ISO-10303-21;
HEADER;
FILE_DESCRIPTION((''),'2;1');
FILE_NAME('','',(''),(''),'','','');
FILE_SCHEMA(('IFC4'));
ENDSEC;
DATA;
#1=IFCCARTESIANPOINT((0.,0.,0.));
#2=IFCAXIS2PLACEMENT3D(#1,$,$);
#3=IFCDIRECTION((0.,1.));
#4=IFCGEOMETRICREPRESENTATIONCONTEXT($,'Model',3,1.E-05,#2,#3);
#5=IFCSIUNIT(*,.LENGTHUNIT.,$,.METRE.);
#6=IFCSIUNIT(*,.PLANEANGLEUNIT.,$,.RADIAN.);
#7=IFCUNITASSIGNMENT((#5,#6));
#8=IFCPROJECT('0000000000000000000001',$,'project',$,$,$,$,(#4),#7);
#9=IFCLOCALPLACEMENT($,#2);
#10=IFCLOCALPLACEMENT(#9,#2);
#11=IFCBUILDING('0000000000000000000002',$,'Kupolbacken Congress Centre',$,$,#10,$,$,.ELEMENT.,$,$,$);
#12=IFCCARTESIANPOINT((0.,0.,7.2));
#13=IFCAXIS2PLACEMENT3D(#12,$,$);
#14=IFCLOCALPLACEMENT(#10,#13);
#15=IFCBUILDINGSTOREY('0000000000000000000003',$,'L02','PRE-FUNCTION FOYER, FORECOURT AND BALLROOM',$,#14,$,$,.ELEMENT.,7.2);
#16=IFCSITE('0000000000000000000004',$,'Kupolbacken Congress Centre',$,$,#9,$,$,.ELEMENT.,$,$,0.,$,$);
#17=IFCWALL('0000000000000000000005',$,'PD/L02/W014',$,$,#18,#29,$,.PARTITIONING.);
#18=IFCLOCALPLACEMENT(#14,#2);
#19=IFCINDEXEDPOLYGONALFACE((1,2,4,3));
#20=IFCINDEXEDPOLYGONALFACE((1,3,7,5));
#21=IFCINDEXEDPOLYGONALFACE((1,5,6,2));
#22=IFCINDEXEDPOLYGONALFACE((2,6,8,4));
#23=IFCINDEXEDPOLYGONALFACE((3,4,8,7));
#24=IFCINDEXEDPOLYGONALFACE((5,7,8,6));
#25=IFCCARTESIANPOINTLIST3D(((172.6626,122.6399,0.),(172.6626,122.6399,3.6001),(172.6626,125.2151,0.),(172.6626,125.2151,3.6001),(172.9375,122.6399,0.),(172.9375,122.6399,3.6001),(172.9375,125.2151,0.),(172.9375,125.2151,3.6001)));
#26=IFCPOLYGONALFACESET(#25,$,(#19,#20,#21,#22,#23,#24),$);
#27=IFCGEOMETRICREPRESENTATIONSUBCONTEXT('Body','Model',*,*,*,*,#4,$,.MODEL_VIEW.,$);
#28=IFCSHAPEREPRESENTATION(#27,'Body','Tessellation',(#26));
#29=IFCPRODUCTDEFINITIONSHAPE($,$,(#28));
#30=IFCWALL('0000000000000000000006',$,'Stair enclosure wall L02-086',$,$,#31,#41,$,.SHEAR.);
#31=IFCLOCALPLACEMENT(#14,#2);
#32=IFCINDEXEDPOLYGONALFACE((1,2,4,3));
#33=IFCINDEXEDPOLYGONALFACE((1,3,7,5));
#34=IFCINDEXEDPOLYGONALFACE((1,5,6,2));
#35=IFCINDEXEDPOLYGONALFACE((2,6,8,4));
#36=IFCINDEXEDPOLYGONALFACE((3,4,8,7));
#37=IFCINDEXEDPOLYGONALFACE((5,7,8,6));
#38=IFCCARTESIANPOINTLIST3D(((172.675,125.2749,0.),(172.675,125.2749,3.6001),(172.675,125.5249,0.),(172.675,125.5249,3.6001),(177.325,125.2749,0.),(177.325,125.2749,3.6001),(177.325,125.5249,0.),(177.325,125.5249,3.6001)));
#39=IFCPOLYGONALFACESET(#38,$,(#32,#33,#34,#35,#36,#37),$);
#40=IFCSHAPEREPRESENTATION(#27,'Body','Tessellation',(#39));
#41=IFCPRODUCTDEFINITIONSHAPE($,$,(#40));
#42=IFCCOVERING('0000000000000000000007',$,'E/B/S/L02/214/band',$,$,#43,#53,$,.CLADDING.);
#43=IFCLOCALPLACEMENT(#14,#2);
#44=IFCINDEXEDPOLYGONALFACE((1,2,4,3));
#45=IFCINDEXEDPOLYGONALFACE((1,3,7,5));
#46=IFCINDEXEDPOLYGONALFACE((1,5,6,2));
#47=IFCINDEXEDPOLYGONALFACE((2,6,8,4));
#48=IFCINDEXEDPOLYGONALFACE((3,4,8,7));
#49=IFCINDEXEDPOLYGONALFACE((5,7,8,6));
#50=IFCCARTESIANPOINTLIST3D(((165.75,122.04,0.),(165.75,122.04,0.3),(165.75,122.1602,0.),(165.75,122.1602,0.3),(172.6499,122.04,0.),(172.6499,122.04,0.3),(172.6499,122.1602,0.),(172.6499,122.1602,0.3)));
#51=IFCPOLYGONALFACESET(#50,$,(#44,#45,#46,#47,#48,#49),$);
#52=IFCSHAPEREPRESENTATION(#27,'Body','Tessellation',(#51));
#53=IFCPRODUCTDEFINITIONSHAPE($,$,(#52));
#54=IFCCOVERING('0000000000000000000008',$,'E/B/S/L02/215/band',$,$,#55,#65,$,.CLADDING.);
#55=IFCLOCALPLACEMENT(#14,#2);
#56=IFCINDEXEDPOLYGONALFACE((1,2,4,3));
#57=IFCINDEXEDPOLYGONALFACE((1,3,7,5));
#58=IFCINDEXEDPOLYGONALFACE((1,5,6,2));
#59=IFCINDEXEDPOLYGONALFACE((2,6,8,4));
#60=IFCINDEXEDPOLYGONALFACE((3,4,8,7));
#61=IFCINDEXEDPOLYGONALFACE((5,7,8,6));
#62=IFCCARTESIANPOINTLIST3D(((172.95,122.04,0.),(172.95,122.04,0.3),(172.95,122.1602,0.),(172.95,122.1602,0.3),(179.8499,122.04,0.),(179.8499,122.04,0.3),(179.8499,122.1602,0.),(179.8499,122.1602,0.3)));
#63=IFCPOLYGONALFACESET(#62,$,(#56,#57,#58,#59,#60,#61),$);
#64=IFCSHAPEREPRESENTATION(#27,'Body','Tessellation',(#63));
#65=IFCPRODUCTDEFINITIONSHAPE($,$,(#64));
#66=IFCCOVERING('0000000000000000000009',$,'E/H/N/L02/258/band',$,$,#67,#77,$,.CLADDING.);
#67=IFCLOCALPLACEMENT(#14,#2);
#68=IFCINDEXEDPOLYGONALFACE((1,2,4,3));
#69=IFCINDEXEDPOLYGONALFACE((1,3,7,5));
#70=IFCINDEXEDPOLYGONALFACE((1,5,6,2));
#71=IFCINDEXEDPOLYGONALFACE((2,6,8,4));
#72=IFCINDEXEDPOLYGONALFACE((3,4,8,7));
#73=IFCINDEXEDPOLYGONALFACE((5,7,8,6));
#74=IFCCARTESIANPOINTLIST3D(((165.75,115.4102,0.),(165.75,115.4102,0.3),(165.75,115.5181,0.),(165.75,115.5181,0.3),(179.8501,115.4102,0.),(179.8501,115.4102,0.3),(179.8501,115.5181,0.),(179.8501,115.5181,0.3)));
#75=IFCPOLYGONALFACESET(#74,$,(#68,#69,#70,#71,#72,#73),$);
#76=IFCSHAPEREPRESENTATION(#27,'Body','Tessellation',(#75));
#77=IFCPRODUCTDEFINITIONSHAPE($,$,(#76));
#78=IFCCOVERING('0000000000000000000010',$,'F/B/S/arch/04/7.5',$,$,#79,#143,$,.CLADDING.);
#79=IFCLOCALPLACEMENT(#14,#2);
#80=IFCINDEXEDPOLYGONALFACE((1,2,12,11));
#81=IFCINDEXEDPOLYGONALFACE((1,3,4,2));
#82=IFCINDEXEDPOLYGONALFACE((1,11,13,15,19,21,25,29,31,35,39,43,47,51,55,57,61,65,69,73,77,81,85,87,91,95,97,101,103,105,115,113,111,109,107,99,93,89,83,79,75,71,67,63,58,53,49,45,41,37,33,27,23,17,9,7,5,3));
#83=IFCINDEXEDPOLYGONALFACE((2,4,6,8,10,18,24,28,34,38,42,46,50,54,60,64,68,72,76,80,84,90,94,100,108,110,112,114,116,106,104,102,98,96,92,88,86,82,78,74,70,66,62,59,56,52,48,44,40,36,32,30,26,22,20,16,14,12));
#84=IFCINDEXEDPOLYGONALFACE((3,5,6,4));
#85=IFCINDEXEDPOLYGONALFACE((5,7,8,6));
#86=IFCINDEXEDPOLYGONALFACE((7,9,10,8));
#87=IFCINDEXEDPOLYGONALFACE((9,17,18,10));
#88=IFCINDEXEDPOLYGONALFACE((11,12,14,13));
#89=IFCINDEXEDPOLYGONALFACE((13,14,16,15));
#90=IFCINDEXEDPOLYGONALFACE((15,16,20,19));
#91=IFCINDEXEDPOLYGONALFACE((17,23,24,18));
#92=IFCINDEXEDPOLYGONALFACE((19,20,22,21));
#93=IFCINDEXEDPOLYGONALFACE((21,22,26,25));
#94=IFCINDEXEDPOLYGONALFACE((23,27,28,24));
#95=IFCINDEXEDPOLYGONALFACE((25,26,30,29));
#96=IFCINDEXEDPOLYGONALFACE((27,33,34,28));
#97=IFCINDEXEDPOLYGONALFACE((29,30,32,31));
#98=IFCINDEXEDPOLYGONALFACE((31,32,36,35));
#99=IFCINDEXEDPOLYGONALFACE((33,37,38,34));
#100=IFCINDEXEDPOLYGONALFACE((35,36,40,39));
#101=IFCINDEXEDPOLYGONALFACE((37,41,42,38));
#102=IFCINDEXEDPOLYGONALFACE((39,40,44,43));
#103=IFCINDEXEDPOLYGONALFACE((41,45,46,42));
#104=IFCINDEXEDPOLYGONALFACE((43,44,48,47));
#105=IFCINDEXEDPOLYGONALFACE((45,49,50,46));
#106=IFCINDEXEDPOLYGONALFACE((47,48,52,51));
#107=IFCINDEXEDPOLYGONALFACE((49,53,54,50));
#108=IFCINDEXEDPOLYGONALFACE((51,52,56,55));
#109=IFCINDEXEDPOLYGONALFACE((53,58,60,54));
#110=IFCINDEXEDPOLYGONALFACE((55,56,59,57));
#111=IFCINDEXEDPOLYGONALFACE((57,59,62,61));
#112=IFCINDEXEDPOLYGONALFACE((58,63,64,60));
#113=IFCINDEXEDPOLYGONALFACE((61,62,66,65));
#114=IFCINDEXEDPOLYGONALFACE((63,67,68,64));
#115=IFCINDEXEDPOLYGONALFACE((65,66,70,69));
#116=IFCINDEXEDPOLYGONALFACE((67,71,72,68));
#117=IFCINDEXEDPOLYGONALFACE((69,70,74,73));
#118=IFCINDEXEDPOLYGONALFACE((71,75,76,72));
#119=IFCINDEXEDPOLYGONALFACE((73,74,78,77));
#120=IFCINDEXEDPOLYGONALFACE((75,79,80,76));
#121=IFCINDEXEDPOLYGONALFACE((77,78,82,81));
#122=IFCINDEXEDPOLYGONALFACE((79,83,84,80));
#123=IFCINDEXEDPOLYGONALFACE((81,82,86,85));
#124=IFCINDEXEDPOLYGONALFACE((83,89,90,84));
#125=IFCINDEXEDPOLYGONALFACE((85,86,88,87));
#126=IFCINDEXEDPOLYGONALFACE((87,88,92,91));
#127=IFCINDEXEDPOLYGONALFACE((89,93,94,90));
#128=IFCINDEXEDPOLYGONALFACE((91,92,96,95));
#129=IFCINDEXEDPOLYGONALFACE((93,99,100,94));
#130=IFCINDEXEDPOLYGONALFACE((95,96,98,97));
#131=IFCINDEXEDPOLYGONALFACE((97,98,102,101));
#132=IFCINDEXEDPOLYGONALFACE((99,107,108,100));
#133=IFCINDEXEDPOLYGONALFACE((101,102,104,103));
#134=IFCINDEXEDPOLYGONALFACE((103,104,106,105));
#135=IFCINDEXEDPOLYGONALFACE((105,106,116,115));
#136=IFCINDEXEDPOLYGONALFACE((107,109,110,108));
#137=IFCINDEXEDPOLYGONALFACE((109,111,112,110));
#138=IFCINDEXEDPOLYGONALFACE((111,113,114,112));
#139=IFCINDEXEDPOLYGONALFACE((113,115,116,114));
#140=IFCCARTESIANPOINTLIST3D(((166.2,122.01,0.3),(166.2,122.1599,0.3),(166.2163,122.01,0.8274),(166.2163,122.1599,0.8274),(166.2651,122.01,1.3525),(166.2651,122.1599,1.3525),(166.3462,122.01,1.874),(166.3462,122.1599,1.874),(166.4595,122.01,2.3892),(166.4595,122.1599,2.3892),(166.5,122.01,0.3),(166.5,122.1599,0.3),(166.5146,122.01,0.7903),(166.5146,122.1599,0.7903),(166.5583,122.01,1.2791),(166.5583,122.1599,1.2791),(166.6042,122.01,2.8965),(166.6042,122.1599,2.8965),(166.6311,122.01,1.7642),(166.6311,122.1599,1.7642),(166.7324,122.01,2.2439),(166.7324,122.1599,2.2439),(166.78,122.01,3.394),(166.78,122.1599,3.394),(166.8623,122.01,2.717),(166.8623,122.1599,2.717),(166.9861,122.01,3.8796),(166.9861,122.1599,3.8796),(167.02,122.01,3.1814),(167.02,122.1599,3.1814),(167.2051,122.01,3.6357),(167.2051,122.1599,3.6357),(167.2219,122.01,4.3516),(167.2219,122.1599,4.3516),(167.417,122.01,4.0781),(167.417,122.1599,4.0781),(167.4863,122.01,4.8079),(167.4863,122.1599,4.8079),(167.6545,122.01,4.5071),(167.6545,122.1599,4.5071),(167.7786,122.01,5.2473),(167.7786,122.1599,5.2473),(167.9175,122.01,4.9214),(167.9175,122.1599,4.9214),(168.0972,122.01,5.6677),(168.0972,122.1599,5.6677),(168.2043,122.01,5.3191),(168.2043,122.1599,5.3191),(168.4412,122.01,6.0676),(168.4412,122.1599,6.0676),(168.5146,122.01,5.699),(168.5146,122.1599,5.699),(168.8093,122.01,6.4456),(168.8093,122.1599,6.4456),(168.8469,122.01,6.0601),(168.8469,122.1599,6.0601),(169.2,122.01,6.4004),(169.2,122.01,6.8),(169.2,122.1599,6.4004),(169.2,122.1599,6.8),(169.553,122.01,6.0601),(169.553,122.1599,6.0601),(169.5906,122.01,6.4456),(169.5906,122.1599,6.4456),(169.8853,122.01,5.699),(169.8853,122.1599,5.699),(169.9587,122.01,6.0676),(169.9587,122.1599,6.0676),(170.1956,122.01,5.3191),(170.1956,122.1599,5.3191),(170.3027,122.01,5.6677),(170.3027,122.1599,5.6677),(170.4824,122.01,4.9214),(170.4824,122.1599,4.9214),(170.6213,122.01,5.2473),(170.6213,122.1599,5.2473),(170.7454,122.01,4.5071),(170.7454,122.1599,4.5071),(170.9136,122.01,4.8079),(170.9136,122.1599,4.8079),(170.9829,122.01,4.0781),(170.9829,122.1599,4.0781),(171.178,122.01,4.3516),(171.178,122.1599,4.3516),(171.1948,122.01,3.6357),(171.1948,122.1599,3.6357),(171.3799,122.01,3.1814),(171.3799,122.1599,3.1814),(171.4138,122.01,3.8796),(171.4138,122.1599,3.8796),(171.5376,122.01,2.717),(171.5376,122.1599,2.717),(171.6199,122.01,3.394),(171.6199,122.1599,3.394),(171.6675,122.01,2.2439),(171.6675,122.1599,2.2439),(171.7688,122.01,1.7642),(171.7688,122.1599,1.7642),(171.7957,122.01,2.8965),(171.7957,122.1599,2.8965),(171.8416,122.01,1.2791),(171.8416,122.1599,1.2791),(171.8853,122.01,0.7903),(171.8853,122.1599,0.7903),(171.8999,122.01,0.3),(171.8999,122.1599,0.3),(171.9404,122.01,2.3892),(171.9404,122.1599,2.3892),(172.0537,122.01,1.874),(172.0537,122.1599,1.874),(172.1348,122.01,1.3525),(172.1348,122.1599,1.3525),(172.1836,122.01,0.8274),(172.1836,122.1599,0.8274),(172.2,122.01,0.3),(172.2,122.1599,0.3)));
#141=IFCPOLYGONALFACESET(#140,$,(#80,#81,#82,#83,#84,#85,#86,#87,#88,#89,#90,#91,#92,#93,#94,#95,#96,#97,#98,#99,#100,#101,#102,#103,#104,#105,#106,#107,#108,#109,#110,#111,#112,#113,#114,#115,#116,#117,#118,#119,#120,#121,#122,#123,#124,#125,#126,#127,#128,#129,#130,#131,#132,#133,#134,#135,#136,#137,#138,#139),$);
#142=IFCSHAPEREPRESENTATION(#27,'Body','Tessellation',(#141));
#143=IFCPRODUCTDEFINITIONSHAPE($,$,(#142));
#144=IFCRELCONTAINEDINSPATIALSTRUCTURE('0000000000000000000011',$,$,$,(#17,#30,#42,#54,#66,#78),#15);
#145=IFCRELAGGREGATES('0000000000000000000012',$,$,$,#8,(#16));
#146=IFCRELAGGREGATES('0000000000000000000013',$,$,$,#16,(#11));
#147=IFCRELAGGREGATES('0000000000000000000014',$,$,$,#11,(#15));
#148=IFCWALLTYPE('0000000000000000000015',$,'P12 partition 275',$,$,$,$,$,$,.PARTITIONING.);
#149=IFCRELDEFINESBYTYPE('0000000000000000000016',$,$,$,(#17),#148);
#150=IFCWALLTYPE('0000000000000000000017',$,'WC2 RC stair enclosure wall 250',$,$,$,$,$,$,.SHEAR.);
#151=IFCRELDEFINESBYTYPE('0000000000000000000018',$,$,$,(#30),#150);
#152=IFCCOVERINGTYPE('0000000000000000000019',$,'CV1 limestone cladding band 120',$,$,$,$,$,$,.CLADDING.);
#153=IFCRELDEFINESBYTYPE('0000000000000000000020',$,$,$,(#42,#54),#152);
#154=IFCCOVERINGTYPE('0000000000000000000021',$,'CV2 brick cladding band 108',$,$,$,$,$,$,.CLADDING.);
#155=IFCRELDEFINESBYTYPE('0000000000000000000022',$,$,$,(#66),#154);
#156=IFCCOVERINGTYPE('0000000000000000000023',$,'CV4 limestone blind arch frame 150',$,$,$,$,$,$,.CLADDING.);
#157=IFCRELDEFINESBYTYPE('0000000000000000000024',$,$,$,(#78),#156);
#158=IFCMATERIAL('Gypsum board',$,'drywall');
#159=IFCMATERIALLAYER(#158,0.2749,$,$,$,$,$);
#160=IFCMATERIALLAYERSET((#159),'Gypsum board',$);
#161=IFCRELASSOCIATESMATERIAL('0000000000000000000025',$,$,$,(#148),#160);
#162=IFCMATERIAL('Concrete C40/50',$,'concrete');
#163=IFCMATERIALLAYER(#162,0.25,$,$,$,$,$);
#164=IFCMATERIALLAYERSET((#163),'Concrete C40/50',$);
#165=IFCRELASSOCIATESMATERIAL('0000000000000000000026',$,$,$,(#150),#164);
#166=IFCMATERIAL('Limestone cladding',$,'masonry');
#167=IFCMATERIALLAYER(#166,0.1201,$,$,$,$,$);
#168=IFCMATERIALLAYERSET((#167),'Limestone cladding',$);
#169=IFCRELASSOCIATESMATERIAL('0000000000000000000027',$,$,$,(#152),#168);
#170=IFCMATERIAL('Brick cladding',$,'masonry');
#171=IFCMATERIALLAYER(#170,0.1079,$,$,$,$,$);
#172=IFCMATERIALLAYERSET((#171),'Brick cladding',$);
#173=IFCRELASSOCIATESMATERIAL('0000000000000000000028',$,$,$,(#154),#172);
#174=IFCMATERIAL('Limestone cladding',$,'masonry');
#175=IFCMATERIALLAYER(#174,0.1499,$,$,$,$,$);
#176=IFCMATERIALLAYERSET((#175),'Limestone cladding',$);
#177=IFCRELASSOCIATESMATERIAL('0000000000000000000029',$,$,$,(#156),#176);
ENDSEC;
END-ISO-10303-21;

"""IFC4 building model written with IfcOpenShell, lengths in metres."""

from ifc_helpers import new_model, si_unit, direction, frame, frame_2d, origin, origin_2d, place, context, subcontext, project, spatial, polyline, rectangle, outline, extrude, material, layer, layer_set, type_object, element, save


model = new_model("IFC4")

# Units and contexts
model_context = context("Model", 3, precision=1e-05, world=origin(), true_north=direction((0.0, 1.0)))
body_context = subcontext(model_context, "Body", "Model", "MODEL_VIEW")
ifc_project = project(units=[si_unit("LENGTHUNIT", "METRE"), si_unit("PLANEANGLEUNIT", "RADIAN")], contexts=[model_context])

# Site, building, storey
site_placement = place(None, origin())
site = spatial("IfcSite", under=ifc_project, at=site_placement, Name="Kupolbacken Congress Centre", CompositionType="ELEMENT", RefElevation=0.0)
building_placement = place(site_placement, origin())
building = spatial("IfcBuilding", under=site, at=building_placement, Name="Kupolbacken Congress Centre", CompositionType="ELEMENT")
storey_placement = place(building_placement, frame((0.0, 0.0, 7.2)))
storey = spatial("IfcBuildingStorey", under=building, at=storey_placement, Name="L02", Description="PRE-FUNCTION FOYER, FORECOURT AND BALLROOM", CompositionType="ELEMENT", Elevation=7.2)

# Walls
ifc_material_1 = material(Name="Gypsum board", Category="drywall")
ifc_layer_1 = layer(ifc_material_1, 0.2749)
ifc_layer_set_1 = layer_set([ifc_layer_1], Name="Gypsum board")
wall_type_1 = type_object("IfcWallType", Name="P12 partition 275", PredefinedType="PARTITIONING", material=ifc_layer_set_1)
wall_1_placement = place(storey_placement, frame((172.8, 122.6399, 0.0), z_axis=(0.0, 0.0, 1.0), x_axis=(0.0, 1.0, 0.0)))
element("IfcWall", 1, at=wall_1_placement, inside=storey, type_object=wall_type_1, Name="PD/L02/W014", PredefinedType="PARTITIONING", context=body_context, shape_type="SweptSolid", body=[
    extrude(rectangle(XDim=2.5752, YDim=0.2749, at=frame_2d((1.2876, 0.0))), origin(), (0.0, 0.0, 1.0), 3.6001),
])
ifc_material_2 = material(Name="Concrete C40/50", Category="concrete")
ifc_layer_2 = layer(ifc_material_2, 0.25)
ifc_layer_set_2 = layer_set([ifc_layer_2], Name="Concrete C40/50")
wall_type_2 = type_object("IfcWallType", Name="WC2 RC stair enclosure wall 250", PredefinedType="SHEAR", material=ifc_layer_set_2)
wall_2_placement = place(storey_placement, frame((172.675, 125.3999, 0.0), z_axis=(0.0, 0.0, 1.0), x_axis=(1.0, 0.0, 0.0)))
element("IfcWall", 2, at=wall_2_placement, inside=storey, type_object=wall_type_2, Name="Stair enclosure wall L02-086", PredefinedType="SHEAR", context=body_context, shape_type="SweptSolid", body=[
    extrude(rectangle(XDim=4.6499, YDim=0.25, at=frame_2d((2.325, 0.0))), origin(), (0.0, 0.0, 1.0), 3.6001),
])

# Coverings
ifc_material_3 = material(Name="Limestone cladding", Category="masonry")
ifc_layer_3 = layer(ifc_material_3, 0.1201)
ifc_layer_set_3 = layer_set([ifc_layer_3], Name="Limestone cladding")
covering_type_1 = type_object("IfcCoveringType", Name="CV1 limestone cladding band 120", PredefinedType="CLADDING", material=ifc_layer_set_3)
for number, where, z_axis, x_axis, name in (
    (3, (169.2, 122.1001, 0.0), (0.0, 0.0, 1.0), (1.0, 0.0, 0.0), "E/B/S/L02/214/band"),
    (4, (176.3999, 122.1001, 0.0), (0.0, 0.0, 1.0), (1.0, 0.0, 0.0), "E/B/S/L02/215/band"),
):
    element("IfcCovering", number, at=place(storey_placement, frame(where, z_axis=z_axis, x_axis=x_axis)), inside=storey, type_object=covering_type_1, Name=name, PredefinedType="CLADDING", context=body_context, shape_type="SweptSolid", body=[
        extrude(rectangle(XDim=6.8999, YDim=0.1201, at=origin_2d()), origin(), (0.0, 0.0, 1.0), 0.3),
    ])
ifc_material_4 = material(Name="Brick cladding", Category="masonry")
ifc_layer_4 = layer(ifc_material_4, 0.1079)
ifc_layer_set_4 = layer_set([ifc_layer_4], Name="Brick cladding")
covering_type_2 = type_object("IfcCoveringType", Name="CV2 brick cladding band 108", PredefinedType="CLADDING", material=ifc_layer_set_4)
covering_1_placement = place(storey_placement, frame((172.8, 115.4641, 0.0), z_axis=(0.0, 0.0, 1.0), x_axis=(-1.0, 0.0, 0.0)))
element("IfcCovering", 5, at=covering_1_placement, inside=storey, type_object=covering_type_2, Name="E/H/N/L02/258/band", PredefinedType="CLADDING", context=body_context, shape_type="SweptSolid", body=[
    extrude(rectangle(XDim=14.1001, YDim=0.1079, at=origin_2d()), origin(), (0.0, 0.0, 1.0), 0.3),
])
ifc_material_5 = material(Name="Limestone cladding", Category="masonry")
ifc_layer_5 = layer(ifc_material_5, 0.1499)
ifc_layer_set_5 = layer_set([ifc_layer_5], Name="Limestone cladding")
covering_type_3 = type_object("IfcCoveringType", Name="CV4 limestone blind arch frame 150", PredefinedType="CLADDING", material=ifc_layer_set_5)
covering_2_placement = place(storey_placement, frame((166.2, 122.1599, 0.3), z_axis=(0.0, -1.0, 0.0), x_axis=(1.0, 0.0, 0.0)))
element("IfcCovering", 6, at=covering_2_placement, inside=storey, type_object=covering_type_3, Name="F/B/S/arch/04/7.5", PredefinedType="CLADDING", context=body_context, shape_type="SweptSolid", body=[
    extrude(outline(polyline([(0.0, 0.0), (0.0164, 0.5273), (0.0652, 1.0525), (0.1462, 1.574), (0.2595, 2.0891), (0.4043, 2.5964), (0.5801, 3.094), (0.7861, 3.5796), (1.022, 4.0515), (1.2864, 4.5078), (1.5786, 4.9473), (1.8972, 5.3677), (2.2412, 5.7676), (2.6094, 6.1455), (3.0, 6.5), (3.3906, 6.1455), (3.7588, 5.7676), (4.1028, 5.3677), (4.4214, 4.9473), (4.7136, 4.5078), (4.978, 4.0515), (5.2139, 3.5796), (5.4199, 3.094), (5.5957, 2.5964), (5.7405, 2.0891), (5.8538, 1.574), (5.9348, 1.0525), (5.9836, 0.5273), (6.0, 0.0), (5.7, 0.0), (5.6853, 0.4902), (5.6416, 0.979), (5.5688, 1.4641), (5.4675, 1.9438), (5.3376, 2.417), (5.1799, 2.8813), (4.9949, 3.3357), (4.783, 3.7781), (4.5454, 4.207), (4.2825, 4.6213), (3.9956, 5.019), (3.6853, 5.3989), (3.353, 5.76), (3.0, 6.1003), (2.647, 5.76), (2.3147, 5.3989), (2.0044, 5.019), (1.7175, 4.6213), (1.4546, 4.207), (1.217, 3.7781), (1.0051, 3.3357), (0.8201, 2.8813), (0.6624, 2.417), (0.5325, 1.9438), (0.4312, 1.4641), (0.3584, 0.979), (0.3147, 0.4902), (0.3, 0.0), (0.0, 0.0)])), origin(), (0.0, 0.0, 1.0), 0.1499),
])

save(model, "model.ifc")
